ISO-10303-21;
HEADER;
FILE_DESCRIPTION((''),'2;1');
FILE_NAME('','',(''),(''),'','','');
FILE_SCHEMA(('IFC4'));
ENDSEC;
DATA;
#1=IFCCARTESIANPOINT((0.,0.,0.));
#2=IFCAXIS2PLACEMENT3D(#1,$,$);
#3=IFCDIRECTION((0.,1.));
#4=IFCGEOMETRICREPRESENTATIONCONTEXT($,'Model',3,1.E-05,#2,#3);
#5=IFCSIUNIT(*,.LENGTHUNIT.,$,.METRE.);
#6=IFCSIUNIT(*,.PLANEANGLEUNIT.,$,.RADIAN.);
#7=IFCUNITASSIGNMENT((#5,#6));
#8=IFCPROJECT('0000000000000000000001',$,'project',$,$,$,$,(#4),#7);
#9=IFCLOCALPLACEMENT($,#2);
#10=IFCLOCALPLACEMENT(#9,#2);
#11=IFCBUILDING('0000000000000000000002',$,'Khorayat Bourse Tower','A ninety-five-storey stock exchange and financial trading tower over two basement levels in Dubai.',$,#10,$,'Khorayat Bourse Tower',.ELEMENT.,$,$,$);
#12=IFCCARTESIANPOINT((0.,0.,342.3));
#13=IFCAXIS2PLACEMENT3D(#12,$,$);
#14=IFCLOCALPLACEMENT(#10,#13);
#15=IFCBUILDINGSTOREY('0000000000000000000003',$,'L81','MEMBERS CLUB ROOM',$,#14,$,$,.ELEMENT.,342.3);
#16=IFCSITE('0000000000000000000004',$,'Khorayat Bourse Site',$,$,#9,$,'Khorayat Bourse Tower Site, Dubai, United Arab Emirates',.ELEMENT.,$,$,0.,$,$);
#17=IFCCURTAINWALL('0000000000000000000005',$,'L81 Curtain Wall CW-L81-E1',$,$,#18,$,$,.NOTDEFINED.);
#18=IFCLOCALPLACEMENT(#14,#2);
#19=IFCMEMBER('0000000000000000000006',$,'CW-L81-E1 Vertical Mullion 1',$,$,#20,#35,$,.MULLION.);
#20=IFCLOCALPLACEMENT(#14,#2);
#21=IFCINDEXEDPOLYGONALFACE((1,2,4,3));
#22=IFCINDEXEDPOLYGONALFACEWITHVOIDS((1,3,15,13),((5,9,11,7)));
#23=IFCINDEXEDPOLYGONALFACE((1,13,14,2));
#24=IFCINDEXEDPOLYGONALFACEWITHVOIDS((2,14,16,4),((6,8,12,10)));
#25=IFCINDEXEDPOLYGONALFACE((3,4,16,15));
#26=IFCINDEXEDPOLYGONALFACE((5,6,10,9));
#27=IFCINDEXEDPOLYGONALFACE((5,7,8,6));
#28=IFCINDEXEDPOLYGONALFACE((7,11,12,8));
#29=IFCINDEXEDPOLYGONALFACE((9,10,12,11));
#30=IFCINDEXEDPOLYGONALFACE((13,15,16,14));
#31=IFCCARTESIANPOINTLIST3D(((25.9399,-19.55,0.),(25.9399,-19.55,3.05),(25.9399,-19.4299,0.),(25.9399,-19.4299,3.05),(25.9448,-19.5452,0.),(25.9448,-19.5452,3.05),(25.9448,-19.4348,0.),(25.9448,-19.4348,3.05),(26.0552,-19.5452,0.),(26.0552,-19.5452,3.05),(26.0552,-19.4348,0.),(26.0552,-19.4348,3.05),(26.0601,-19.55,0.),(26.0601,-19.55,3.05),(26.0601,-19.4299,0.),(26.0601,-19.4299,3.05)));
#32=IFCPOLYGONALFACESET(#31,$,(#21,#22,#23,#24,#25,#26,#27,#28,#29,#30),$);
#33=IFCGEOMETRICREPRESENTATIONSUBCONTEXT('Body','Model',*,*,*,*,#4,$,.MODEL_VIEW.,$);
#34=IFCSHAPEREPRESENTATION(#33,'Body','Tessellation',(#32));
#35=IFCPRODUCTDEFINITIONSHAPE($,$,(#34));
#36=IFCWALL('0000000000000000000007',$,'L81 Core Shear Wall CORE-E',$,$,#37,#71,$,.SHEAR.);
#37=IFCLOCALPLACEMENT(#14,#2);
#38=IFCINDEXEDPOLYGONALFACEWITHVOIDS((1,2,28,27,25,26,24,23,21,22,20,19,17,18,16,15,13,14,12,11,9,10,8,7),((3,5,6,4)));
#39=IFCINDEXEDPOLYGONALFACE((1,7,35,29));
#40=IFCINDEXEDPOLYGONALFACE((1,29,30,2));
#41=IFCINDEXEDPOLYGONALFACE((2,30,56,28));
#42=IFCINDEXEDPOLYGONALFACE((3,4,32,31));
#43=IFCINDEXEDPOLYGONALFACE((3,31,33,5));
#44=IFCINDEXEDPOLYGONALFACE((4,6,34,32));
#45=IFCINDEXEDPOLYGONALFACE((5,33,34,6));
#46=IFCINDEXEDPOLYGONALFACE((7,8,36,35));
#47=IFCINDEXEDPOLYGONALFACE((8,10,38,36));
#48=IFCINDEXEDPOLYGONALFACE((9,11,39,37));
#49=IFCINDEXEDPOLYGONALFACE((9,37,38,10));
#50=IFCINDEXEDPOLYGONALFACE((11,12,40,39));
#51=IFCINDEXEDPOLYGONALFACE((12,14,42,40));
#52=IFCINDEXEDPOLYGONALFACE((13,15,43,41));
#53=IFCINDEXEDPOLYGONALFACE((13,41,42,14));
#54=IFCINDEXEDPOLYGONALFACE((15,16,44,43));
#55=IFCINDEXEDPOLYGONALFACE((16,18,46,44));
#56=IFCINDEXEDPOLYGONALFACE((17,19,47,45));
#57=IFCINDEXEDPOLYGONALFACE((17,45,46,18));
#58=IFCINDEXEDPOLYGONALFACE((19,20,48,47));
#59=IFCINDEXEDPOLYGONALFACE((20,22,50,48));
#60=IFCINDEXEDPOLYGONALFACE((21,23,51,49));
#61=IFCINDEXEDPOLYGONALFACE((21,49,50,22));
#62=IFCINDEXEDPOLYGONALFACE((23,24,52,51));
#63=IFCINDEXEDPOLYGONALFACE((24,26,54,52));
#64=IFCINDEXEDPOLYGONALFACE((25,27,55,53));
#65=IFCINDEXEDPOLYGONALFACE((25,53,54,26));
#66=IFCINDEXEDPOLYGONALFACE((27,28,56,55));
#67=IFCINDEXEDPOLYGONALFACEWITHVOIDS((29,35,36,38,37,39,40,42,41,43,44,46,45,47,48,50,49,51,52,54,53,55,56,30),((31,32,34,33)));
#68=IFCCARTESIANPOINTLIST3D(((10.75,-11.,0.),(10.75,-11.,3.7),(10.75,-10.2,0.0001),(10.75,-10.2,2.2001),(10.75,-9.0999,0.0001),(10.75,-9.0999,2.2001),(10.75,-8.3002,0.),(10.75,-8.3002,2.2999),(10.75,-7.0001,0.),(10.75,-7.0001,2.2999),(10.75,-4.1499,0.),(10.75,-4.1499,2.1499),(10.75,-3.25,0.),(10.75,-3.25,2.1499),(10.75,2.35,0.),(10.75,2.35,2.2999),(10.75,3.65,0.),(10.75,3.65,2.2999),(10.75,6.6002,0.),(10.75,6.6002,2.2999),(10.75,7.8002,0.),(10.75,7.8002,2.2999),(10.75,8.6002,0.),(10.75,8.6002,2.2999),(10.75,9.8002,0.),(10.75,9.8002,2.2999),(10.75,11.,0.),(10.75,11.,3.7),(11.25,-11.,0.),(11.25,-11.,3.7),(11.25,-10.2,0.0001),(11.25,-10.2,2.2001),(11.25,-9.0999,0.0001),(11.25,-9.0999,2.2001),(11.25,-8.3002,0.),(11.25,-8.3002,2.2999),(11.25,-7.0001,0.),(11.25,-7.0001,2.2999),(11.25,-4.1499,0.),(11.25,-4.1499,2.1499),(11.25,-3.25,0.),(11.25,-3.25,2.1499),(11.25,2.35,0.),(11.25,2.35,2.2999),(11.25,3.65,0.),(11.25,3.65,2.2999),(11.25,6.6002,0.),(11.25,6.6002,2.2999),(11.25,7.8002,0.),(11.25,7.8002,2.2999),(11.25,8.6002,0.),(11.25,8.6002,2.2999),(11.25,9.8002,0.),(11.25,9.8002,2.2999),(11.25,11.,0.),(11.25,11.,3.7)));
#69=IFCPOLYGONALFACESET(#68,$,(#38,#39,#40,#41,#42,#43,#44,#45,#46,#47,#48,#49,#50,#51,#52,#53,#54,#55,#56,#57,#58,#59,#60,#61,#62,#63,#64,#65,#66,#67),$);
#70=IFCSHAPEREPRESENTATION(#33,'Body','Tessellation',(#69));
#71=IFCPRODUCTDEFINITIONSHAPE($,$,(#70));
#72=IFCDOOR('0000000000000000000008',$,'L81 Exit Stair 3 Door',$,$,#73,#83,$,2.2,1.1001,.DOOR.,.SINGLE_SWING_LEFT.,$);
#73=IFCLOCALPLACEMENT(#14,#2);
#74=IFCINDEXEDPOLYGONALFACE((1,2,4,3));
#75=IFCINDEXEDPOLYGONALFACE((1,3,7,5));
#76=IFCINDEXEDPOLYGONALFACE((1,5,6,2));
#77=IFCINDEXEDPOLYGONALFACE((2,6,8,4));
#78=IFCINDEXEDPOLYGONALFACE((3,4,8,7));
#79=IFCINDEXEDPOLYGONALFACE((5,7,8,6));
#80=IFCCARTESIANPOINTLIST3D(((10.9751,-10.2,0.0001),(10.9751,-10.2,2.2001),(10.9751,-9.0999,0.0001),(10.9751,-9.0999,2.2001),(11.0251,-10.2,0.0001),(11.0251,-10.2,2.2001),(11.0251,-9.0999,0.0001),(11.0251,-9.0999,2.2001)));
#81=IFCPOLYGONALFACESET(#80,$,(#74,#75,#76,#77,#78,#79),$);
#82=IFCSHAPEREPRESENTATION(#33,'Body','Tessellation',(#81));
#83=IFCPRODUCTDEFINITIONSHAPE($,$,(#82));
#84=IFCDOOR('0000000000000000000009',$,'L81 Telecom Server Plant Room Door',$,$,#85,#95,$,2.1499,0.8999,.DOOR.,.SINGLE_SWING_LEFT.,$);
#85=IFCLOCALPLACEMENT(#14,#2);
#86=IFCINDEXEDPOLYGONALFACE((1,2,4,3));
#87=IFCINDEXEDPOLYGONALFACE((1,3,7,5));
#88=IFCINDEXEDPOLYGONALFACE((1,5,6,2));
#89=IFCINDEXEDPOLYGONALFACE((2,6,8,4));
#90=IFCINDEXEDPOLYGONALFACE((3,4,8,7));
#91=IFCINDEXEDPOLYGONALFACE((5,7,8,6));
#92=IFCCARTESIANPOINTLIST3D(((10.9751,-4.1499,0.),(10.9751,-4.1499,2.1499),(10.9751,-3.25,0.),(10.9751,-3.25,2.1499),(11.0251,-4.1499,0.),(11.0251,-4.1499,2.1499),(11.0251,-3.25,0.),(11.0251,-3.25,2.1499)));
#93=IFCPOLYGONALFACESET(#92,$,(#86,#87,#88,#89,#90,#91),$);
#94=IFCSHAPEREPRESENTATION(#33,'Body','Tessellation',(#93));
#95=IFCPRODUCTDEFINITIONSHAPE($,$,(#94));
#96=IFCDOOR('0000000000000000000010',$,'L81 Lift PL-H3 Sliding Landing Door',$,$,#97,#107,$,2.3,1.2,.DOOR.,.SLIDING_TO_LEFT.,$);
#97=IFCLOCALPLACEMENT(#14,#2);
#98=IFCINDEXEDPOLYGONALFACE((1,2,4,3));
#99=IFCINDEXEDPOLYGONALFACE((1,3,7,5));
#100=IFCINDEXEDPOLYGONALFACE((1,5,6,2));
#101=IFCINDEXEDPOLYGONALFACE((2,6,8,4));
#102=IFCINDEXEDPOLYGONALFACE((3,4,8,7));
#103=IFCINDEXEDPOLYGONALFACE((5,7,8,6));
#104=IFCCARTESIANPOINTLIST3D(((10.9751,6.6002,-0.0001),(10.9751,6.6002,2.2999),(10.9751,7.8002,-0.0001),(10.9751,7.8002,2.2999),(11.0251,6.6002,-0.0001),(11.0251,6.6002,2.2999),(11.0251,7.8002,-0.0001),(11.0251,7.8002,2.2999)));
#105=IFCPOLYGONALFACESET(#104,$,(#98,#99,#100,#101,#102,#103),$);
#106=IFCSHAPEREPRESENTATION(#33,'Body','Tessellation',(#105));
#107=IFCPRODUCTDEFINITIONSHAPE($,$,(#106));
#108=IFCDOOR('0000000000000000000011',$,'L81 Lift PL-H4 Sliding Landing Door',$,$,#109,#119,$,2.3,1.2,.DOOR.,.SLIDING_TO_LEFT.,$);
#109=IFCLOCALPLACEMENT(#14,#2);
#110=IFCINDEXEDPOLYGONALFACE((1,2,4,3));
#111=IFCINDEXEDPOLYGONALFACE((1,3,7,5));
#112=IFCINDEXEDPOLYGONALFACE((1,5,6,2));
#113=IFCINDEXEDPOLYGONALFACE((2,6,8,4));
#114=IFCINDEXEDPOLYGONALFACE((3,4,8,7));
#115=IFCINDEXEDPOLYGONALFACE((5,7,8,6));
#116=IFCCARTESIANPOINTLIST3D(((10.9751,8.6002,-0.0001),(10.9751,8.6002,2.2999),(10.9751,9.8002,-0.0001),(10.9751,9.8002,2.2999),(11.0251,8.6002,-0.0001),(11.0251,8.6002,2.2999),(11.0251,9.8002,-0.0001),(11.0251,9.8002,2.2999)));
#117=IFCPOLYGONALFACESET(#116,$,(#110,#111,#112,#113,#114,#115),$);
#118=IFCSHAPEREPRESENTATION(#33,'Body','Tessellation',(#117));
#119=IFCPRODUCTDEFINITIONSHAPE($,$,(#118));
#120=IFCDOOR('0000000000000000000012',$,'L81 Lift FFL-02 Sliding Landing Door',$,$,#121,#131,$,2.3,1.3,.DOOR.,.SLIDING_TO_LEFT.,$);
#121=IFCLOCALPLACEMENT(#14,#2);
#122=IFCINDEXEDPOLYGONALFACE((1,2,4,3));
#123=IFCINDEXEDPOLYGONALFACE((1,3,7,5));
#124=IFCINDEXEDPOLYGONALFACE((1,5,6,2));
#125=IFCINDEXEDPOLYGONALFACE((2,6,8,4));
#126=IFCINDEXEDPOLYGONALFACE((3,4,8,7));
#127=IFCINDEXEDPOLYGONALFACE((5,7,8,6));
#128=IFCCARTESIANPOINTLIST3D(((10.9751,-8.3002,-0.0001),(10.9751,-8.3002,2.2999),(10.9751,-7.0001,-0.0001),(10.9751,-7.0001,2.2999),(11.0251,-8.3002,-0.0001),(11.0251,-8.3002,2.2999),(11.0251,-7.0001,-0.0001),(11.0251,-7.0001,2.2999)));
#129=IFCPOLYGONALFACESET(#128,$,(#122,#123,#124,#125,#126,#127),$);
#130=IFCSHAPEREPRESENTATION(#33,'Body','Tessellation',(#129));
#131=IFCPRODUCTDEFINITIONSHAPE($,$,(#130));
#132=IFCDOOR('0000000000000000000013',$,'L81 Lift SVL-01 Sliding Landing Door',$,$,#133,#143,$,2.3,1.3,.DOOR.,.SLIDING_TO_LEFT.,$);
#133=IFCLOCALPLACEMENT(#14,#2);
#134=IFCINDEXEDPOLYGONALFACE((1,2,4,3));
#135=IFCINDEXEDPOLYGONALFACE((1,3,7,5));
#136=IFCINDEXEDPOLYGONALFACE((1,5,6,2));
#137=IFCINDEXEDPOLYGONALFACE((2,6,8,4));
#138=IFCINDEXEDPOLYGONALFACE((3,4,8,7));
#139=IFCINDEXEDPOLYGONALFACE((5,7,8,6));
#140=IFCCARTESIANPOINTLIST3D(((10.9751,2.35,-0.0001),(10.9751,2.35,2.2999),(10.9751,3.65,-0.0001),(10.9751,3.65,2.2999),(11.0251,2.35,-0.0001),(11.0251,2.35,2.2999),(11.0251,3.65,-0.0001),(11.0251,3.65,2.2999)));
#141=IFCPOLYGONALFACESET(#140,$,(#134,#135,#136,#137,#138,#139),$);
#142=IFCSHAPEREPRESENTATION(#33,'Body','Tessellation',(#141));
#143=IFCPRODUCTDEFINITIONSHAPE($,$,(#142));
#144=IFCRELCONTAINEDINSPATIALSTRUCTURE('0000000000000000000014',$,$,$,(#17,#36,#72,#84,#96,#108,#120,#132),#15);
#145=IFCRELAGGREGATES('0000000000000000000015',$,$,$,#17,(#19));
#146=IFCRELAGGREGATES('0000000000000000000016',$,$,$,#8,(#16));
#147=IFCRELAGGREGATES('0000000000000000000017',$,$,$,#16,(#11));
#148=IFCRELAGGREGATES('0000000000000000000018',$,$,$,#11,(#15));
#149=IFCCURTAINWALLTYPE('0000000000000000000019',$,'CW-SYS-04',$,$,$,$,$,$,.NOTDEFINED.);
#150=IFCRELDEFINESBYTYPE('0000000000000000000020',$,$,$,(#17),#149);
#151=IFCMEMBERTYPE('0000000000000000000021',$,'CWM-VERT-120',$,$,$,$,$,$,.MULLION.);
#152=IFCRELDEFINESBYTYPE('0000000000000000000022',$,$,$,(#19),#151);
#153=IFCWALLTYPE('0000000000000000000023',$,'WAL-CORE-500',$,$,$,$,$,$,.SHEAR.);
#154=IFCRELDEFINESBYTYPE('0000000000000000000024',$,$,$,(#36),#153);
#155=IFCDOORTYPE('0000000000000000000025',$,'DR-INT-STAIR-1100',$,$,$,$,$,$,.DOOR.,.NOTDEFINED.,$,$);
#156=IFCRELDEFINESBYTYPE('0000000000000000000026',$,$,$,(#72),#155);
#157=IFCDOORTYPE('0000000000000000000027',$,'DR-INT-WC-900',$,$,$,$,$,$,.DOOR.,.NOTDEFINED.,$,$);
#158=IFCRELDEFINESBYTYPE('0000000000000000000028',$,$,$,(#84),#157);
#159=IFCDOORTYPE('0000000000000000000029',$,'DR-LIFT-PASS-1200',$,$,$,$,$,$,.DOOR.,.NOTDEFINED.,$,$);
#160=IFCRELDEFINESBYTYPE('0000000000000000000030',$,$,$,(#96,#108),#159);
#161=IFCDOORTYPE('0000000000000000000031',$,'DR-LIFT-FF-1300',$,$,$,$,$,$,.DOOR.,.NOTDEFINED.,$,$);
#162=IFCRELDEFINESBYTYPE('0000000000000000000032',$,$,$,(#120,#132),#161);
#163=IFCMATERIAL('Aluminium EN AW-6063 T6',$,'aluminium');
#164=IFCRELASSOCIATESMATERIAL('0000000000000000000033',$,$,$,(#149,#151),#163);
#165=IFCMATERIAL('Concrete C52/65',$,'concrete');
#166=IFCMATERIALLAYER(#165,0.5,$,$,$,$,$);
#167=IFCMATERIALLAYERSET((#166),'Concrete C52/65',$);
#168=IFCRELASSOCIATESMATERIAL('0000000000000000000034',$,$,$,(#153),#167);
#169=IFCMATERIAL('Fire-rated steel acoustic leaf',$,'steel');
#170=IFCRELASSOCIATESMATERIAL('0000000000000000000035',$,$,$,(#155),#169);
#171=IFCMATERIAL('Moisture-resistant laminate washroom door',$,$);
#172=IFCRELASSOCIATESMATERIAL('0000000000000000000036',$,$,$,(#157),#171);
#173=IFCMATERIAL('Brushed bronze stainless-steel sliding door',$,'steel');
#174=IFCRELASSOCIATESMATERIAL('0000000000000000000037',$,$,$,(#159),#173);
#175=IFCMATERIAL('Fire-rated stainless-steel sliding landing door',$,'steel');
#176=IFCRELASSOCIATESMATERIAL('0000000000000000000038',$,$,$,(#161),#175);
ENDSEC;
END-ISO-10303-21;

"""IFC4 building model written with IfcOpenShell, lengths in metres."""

from ifc_helpers import new_model, si_unit, direction, frame, frame_2d, origin, origin_2d, place, context, subcontext, project, spatial, rectangle, hollow_rectangle, extrude, source, transform, mapped, material, layer, layer_set, material_profile, profile_set, type_object, element, fill, aggregate, save


model = new_model("IFC4")

# Units and contexts
model_context = context("Model", 3, precision=1e-05, world=origin(), true_north=direction((0.0, 1.0)))
body_context = subcontext(model_context, "Body", "Model", "MODEL_VIEW")
ifc_project = project(units=[si_unit("LENGTHUNIT", "METRE"), si_unit("PLANEANGLEUNIT", "RADIAN")], contexts=[model_context])

# Site, building, storey
site_placement = place(None, origin())
site = spatial("IfcSite", under=ifc_project, at=site_placement, Name="Khorayat Bourse Site", LongName="Khorayat Bourse Tower Site, Dubai, United Arab Emirates", CompositionType="ELEMENT", RefElevation=0.0)
building_placement = place(site_placement, origin())
building = spatial("IfcBuilding", under=site, at=building_placement, Name="Khorayat Bourse Tower", Description="A ninety-five-storey stock exchange and financial trading tower over two basement levels in Dubai.", LongName="Khorayat Bourse Tower", CompositionType="ELEMENT")
storey_placement = place(building_placement, frame((0.0, 0.0, 342.3)))
storey = spatial("IfcBuildingStorey", under=building, at=storey_placement, Name="L81", Description="MEMBERS CLUB ROOM", CompositionType="ELEMENT", Elevation=342.3)

# Curtain wall, member
ifc_material_1 = material(Name="Aluminium EN AW-6063 T6", Category="aluminium")
curtain_wall_type = type_object("IfcCurtainWallType", Name="CW-SYS-04", PredefinedType="NOTDEFINED", material=ifc_material_1)
curtain_wall_placement = place(storey_placement, origin())
curtain_wall = element("IfcCurtainWall", 1, at=curtain_wall_placement, inside=storey, type_object=curtain_wall_type, Name="L81 Curtain Wall CW-L81-E1", PredefinedType="NOTDEFINED")
ifc_material_profile_1 = material_profile(ifc_material_1, hollow_rectangle(XDim=0.1201, YDim=0.1201, WallThickness=0.0049, at=origin_2d()), Name="ALU 120x120x5")
ifc_profile_set_1 = profile_set([ifc_material_profile_1], Name="Aluminium EN AW-6063 T6")
member_type_1 = type_object("IfcMemberType", Name="CWM-VERT-120", PredefinedType="MULLION", material=ifc_profile_set_1)
shared_shape_1 = source(origin(), body_context, "Body", "SweptSolid", [
    extrude(hollow_rectangle(XDim=0.1201, YDim=0.1201, WallThickness=0.0049, at=origin_2d()), origin(), (0.0, 0.0, 1.0), 3.05),
])
member_1_placement = place(storey_placement, frame((26.0, -19.49, 0.0), z_axis=(0.0, 0.0, 1.0), x_axis=(-1.0, 0.0, 0.0)))
member_1 = element("IfcMember", 2, at=member_1_placement, type_object=member_type_1, Name="CW-L81-E1 Vertical Mullion 1", PredefinedType="MULLION", context=body_context, shape_type="MappedRepresentation", body=[
    mapped(shared_shape_1, transform((0.0, 0.0, 0.0), scale=1.0)),
])
aggregate(curtain_wall, [member_1])

# Wall, openings, doors
ifc_material_2 = material(Name="Concrete C52/65", Category="concrete")
ifc_layer_1 = layer(ifc_material_2, 0.5)
ifc_layer_set_1 = layer_set([ifc_layer_1], Name="Concrete C52/65")
wall_type_1 = type_object("IfcWallType", Name="WAL-CORE-500", PredefinedType="SHEAR", material=ifc_layer_set_1)
shared_shape_2 = source(origin(), body_context, "Body", "SweptSolid", [
    extrude(rectangle(XDim=22.0, YDim=0.5, at=frame_2d((11.0, 0.0))), origin(), (0.0, 0.0, 1.0), 3.7),
])
wall_1_placement = place(storey_placement, frame((11.0, -11.0, 0.0), z_axis=(0.0, 0.0, 1.0), x_axis=(0.0, 1.0, 0.0)))
wall_1 = element("IfcWall", 3, at=wall_1_placement, inside=storey, type_object=wall_type_1, Name="L81 Core Shear Wall CORE-E", PredefinedType="SHEAR", context=body_context, shape_type="MappedRepresentation", body=[
    mapped(shared_shape_2, transform((0.0, 0.0, 0.0), scale=1.0)),
])
shared_shape_3 = source(origin(), body_context, "Body", "SweptSolid", [
    extrude(rectangle(XDim=1.1001, YDim=2.2, at=frame_2d((0.55, 1.1001))), frame((0.0, 0.26, 0.0), z_axis=(0.0, -1.0, 0.0), x_axis=(1.0, 0.0, 0.0)), (0.0, 0.0, 1.0), 0.52),
])
opening_1_placement = place(wall_1_placement, frame((0.8, 0.0, 0.0)))
opening_1 = element("IfcOpeningElement", 4, at=opening_1_placement, cuts=wall_1, PredefinedType="OPENING", context=body_context, shape_type="MappedRepresentation", body=[
    mapped(shared_shape_3, transform((0.0, 0.0, 0.0), scale=1.0)),
])
shared_shape_4 = source(origin(), body_context, "Body", "SweptSolid", [
    extrude(rectangle(XDim=0.8999, YDim=2.1499, at=frame_2d((0.45, 1.075))), frame((0.0, 0.26, 0.0), z_axis=(0.0, -1.0, 0.0), x_axis=(1.0, 0.0, 0.0)), (0.0, 0.0, 1.0), 0.52),
])
opening_2_placement = place(wall_1_placement, frame((6.8501, 0.0, 0.0)))
opening_2 = element("IfcOpeningElement", 5, at=opening_2_placement, cuts=wall_1, PredefinedType="OPENING", context=body_context, shape_type="MappedRepresentation", body=[
    mapped(shared_shape_4, transform((0.0, 0.0, 0.0), scale=1.0)),
])
shared_shape_5 = source(origin(), body_context, "Body", "SweptSolid", [
    extrude(rectangle(XDim=1.2, YDim=2.3, at=frame_2d((0.6001, 1.1499))), frame((0.0, 0.26, 0.0), z_axis=(0.0, -1.0, 0.0), x_axis=(1.0, 0.0, 0.0)), (0.0, 0.0, 1.0), 0.52),
])
opening_3_placement = place(wall_1_placement, frame((17.6001, 0.0, 0.0)))
opening_3 = element("IfcOpeningElement", 6, at=opening_3_placement, cuts=wall_1, PredefinedType="OPENING", context=body_context, shape_type="MappedRepresentation", body=[
    mapped(shared_shape_5, transform((0.0, 0.0, 0.0), scale=1.0)),
])
opening_4_placement = place(wall_1_placement, frame((19.6001, 0.0, 0.0)))
opening_4 = element("IfcOpeningElement", 7, at=opening_4_placement, cuts=wall_1, PredefinedType="OPENING", context=body_context, shape_type="MappedRepresentation", body=[
    mapped(shared_shape_5, transform((0.0, 0.0, 0.0), scale=1.0)),
])
shared_shape_6 = source(origin(), body_context, "Body", "SweptSolid", [
    extrude(rectangle(XDim=1.3, YDim=2.3, at=frame_2d((0.6499, 1.1499))), frame((0.0, 0.26, 0.0), z_axis=(0.0, -1.0, 0.0), x_axis=(1.0, 0.0, 0.0)), (0.0, 0.0, 1.0), 0.52),
])
opening_5_placement = place(wall_1_placement, frame((2.7, 0.0, 0.0)))
opening_5 = element("IfcOpeningElement", 8, at=opening_5_placement, cuts=wall_1, PredefinedType="OPENING", context=body_context, shape_type="MappedRepresentation", body=[
    mapped(shared_shape_6, transform((0.0, 0.0, 0.0), scale=1.0)),
])
opening_6_placement = place(wall_1_placement, frame((13.3501, 0.0, 0.0)))
opening_6 = element("IfcOpeningElement", 9, at=opening_6_placement, cuts=wall_1, PredefinedType="OPENING", context=body_context, shape_type="MappedRepresentation", body=[
    mapped(shared_shape_6, transform((0.0, 0.0, 0.0), scale=1.0)),
])
ifc_material_3 = material(Name="Fire-rated steel acoustic leaf", Category="steel")
door_type_1 = type_object("IfcDoorType", Name="DR-INT-STAIR-1100", OperationType="NOTDEFINED", PredefinedType="DOOR", material=ifc_material_3)
shared_shape_7 = source(origin(), body_context, "Body", "SweptSolid", [
    extrude(rectangle(XDim=1.1001, YDim=2.2, at=frame_2d((0.55, 1.1001))), frame((0.0, 0.0249, 0.0), z_axis=(0.0, -1.0, 0.0), x_axis=(1.0, 0.0, 0.0)), (0.0, 0.0, 1.0), 0.05),
])
door_1_placement = place(opening_1_placement, origin())
door_1 = element("IfcDoor", 10, at=door_1_placement, inside=storey, type_object=door_type_1, Name="L81 Exit Stair 3 Door", OperationType="SINGLE_SWING_LEFT", OverallHeight=2.2, OverallWidth=1.1001, PredefinedType="DOOR", context=body_context, shape_type="MappedRepresentation", body=[
    mapped(shared_shape_7, transform((0.0, 0.0, 0.0), scale=1.0)),
])
fill(opening_1, door_1)
ifc_material_4 = material(Name="Moisture-resistant laminate washroom door")
door_type_2 = type_object("IfcDoorType", Name="DR-INT-WC-900", OperationType="NOTDEFINED", PredefinedType="DOOR", material=ifc_material_4)
shared_shape_8 = source(origin(), body_context, "Body", "SweptSolid", [
    extrude(rectangle(XDim=0.8999, YDim=2.1499, at=frame_2d((0.45, 1.075))), frame((0.0, 0.0249, 0.0), z_axis=(0.0, -1.0, 0.0), x_axis=(1.0, 0.0, 0.0)), (0.0, 0.0, 1.0), 0.05),
])
door_2_placement = place(opening_2_placement, origin())
door_2 = element("IfcDoor", 11, at=door_2_placement, inside=storey, type_object=door_type_2, Name="L81 Telecom Server Plant Room Door", OperationType="SINGLE_SWING_LEFT", OverallHeight=2.1499, OverallWidth=0.8999, PredefinedType="DOOR", context=body_context, shape_type="MappedRepresentation", body=[
    mapped(shared_shape_8, transform((0.0, 0.0, 0.0), scale=1.0)),
])
fill(opening_2, door_2)
ifc_material_5 = material(Name="Brushed bronze stainless-steel sliding door", Category="steel")
door_type_3 = type_object("IfcDoorType", Name="DR-LIFT-PASS-1200", OperationType="NOTDEFINED", PredefinedType="DOOR", material=ifc_material_5)
shared_shape_9 = source(origin(), body_context, "Body", "SweptSolid", [
    extrude(rectangle(XDim=1.2, YDim=2.3, at=frame_2d((0.6001, 1.1499))), frame((0.0, 0.0249, 0.0), z_axis=(0.0, -1.0, 0.0), x_axis=(1.0, 0.0, 0.0)), (0.0, 0.0, 1.0), 0.05),
])
door_3_placement = place(opening_3_placement, origin())
door_3 = element("IfcDoor", 12, at=door_3_placement, inside=storey, type_object=door_type_3, Name="L81 Lift PL-H3 Sliding Landing Door", OperationType="SLIDING_TO_LEFT", OverallHeight=2.3, OverallWidth=1.2, PredefinedType="DOOR", context=body_context, shape_type="MappedRepresentation", body=[
    mapped(shared_shape_9, transform((0.0, 0.0, 0.0), scale=1.0)),
])
fill(opening_3, door_3)
door_4_placement = place(opening_4_placement, origin())
door_4 = element("IfcDoor", 13, at=door_4_placement, inside=storey, type_object=door_type_3, Name="L81 Lift PL-H4 Sliding Landing Door", OperationType="SLIDING_TO_LEFT", OverallHeight=2.3, OverallWidth=1.2, PredefinedType="DOOR", context=body_context, shape_type="MappedRepresentation", body=[
    mapped(shared_shape_9, transform((0.0, 0.0, 0.0), scale=1.0)),
])
fill(opening_4, door_4)
ifc_material_6 = material(Name="Fire-rated stainless-steel sliding landing door", Category="steel")
door_type_4 = type_object("IfcDoorType", Name="DR-LIFT-FF-1300", OperationType="NOTDEFINED", PredefinedType="DOOR", material=ifc_material_6)
shared_shape_10 = source(origin(), body_context, "Body", "SweptSolid", [
    extrude(rectangle(XDim=1.3, YDim=2.3, at=frame_2d((0.6499, 1.1499))), frame((0.0, 0.0249, 0.0), z_axis=(0.0, -1.0, 0.0), x_axis=(1.0, 0.0, 0.0)), (0.0, 0.0, 1.0), 0.05),
])
door_5_placement = place(opening_5_placement, origin())
door_5 = element("IfcDoor", 14, at=door_5_placement, inside=storey, type_object=door_type_4, Name="L81 Lift FFL-02 Sliding Landing Door", OperationType="SLIDING_TO_LEFT", OverallHeight=2.3, OverallWidth=1.3, PredefinedType="DOOR", context=body_context, shape_type="MappedRepresentation", body=[
    mapped(shared_shape_10, transform((0.0, 0.0, 0.0), scale=1.0)),
])
fill(opening_5, door_5)
door_6_placement = place(opening_6_placement, origin())
door_6 = element("IfcDoor", 15, at=door_6_placement, inside=storey, type_object=door_type_4, Name="L81 Lift SVL-01 Sliding Landing Door", OperationType="SLIDING_TO_LEFT", OverallHeight=2.3, OverallWidth=1.3, PredefinedType="DOOR", context=body_context, shape_type="MappedRepresentation", body=[
    mapped(shared_shape_10, transform((0.0, 0.0, 0.0), scale=1.0)),
])
fill(opening_6, door_6)

save(model, "model.ifc")
